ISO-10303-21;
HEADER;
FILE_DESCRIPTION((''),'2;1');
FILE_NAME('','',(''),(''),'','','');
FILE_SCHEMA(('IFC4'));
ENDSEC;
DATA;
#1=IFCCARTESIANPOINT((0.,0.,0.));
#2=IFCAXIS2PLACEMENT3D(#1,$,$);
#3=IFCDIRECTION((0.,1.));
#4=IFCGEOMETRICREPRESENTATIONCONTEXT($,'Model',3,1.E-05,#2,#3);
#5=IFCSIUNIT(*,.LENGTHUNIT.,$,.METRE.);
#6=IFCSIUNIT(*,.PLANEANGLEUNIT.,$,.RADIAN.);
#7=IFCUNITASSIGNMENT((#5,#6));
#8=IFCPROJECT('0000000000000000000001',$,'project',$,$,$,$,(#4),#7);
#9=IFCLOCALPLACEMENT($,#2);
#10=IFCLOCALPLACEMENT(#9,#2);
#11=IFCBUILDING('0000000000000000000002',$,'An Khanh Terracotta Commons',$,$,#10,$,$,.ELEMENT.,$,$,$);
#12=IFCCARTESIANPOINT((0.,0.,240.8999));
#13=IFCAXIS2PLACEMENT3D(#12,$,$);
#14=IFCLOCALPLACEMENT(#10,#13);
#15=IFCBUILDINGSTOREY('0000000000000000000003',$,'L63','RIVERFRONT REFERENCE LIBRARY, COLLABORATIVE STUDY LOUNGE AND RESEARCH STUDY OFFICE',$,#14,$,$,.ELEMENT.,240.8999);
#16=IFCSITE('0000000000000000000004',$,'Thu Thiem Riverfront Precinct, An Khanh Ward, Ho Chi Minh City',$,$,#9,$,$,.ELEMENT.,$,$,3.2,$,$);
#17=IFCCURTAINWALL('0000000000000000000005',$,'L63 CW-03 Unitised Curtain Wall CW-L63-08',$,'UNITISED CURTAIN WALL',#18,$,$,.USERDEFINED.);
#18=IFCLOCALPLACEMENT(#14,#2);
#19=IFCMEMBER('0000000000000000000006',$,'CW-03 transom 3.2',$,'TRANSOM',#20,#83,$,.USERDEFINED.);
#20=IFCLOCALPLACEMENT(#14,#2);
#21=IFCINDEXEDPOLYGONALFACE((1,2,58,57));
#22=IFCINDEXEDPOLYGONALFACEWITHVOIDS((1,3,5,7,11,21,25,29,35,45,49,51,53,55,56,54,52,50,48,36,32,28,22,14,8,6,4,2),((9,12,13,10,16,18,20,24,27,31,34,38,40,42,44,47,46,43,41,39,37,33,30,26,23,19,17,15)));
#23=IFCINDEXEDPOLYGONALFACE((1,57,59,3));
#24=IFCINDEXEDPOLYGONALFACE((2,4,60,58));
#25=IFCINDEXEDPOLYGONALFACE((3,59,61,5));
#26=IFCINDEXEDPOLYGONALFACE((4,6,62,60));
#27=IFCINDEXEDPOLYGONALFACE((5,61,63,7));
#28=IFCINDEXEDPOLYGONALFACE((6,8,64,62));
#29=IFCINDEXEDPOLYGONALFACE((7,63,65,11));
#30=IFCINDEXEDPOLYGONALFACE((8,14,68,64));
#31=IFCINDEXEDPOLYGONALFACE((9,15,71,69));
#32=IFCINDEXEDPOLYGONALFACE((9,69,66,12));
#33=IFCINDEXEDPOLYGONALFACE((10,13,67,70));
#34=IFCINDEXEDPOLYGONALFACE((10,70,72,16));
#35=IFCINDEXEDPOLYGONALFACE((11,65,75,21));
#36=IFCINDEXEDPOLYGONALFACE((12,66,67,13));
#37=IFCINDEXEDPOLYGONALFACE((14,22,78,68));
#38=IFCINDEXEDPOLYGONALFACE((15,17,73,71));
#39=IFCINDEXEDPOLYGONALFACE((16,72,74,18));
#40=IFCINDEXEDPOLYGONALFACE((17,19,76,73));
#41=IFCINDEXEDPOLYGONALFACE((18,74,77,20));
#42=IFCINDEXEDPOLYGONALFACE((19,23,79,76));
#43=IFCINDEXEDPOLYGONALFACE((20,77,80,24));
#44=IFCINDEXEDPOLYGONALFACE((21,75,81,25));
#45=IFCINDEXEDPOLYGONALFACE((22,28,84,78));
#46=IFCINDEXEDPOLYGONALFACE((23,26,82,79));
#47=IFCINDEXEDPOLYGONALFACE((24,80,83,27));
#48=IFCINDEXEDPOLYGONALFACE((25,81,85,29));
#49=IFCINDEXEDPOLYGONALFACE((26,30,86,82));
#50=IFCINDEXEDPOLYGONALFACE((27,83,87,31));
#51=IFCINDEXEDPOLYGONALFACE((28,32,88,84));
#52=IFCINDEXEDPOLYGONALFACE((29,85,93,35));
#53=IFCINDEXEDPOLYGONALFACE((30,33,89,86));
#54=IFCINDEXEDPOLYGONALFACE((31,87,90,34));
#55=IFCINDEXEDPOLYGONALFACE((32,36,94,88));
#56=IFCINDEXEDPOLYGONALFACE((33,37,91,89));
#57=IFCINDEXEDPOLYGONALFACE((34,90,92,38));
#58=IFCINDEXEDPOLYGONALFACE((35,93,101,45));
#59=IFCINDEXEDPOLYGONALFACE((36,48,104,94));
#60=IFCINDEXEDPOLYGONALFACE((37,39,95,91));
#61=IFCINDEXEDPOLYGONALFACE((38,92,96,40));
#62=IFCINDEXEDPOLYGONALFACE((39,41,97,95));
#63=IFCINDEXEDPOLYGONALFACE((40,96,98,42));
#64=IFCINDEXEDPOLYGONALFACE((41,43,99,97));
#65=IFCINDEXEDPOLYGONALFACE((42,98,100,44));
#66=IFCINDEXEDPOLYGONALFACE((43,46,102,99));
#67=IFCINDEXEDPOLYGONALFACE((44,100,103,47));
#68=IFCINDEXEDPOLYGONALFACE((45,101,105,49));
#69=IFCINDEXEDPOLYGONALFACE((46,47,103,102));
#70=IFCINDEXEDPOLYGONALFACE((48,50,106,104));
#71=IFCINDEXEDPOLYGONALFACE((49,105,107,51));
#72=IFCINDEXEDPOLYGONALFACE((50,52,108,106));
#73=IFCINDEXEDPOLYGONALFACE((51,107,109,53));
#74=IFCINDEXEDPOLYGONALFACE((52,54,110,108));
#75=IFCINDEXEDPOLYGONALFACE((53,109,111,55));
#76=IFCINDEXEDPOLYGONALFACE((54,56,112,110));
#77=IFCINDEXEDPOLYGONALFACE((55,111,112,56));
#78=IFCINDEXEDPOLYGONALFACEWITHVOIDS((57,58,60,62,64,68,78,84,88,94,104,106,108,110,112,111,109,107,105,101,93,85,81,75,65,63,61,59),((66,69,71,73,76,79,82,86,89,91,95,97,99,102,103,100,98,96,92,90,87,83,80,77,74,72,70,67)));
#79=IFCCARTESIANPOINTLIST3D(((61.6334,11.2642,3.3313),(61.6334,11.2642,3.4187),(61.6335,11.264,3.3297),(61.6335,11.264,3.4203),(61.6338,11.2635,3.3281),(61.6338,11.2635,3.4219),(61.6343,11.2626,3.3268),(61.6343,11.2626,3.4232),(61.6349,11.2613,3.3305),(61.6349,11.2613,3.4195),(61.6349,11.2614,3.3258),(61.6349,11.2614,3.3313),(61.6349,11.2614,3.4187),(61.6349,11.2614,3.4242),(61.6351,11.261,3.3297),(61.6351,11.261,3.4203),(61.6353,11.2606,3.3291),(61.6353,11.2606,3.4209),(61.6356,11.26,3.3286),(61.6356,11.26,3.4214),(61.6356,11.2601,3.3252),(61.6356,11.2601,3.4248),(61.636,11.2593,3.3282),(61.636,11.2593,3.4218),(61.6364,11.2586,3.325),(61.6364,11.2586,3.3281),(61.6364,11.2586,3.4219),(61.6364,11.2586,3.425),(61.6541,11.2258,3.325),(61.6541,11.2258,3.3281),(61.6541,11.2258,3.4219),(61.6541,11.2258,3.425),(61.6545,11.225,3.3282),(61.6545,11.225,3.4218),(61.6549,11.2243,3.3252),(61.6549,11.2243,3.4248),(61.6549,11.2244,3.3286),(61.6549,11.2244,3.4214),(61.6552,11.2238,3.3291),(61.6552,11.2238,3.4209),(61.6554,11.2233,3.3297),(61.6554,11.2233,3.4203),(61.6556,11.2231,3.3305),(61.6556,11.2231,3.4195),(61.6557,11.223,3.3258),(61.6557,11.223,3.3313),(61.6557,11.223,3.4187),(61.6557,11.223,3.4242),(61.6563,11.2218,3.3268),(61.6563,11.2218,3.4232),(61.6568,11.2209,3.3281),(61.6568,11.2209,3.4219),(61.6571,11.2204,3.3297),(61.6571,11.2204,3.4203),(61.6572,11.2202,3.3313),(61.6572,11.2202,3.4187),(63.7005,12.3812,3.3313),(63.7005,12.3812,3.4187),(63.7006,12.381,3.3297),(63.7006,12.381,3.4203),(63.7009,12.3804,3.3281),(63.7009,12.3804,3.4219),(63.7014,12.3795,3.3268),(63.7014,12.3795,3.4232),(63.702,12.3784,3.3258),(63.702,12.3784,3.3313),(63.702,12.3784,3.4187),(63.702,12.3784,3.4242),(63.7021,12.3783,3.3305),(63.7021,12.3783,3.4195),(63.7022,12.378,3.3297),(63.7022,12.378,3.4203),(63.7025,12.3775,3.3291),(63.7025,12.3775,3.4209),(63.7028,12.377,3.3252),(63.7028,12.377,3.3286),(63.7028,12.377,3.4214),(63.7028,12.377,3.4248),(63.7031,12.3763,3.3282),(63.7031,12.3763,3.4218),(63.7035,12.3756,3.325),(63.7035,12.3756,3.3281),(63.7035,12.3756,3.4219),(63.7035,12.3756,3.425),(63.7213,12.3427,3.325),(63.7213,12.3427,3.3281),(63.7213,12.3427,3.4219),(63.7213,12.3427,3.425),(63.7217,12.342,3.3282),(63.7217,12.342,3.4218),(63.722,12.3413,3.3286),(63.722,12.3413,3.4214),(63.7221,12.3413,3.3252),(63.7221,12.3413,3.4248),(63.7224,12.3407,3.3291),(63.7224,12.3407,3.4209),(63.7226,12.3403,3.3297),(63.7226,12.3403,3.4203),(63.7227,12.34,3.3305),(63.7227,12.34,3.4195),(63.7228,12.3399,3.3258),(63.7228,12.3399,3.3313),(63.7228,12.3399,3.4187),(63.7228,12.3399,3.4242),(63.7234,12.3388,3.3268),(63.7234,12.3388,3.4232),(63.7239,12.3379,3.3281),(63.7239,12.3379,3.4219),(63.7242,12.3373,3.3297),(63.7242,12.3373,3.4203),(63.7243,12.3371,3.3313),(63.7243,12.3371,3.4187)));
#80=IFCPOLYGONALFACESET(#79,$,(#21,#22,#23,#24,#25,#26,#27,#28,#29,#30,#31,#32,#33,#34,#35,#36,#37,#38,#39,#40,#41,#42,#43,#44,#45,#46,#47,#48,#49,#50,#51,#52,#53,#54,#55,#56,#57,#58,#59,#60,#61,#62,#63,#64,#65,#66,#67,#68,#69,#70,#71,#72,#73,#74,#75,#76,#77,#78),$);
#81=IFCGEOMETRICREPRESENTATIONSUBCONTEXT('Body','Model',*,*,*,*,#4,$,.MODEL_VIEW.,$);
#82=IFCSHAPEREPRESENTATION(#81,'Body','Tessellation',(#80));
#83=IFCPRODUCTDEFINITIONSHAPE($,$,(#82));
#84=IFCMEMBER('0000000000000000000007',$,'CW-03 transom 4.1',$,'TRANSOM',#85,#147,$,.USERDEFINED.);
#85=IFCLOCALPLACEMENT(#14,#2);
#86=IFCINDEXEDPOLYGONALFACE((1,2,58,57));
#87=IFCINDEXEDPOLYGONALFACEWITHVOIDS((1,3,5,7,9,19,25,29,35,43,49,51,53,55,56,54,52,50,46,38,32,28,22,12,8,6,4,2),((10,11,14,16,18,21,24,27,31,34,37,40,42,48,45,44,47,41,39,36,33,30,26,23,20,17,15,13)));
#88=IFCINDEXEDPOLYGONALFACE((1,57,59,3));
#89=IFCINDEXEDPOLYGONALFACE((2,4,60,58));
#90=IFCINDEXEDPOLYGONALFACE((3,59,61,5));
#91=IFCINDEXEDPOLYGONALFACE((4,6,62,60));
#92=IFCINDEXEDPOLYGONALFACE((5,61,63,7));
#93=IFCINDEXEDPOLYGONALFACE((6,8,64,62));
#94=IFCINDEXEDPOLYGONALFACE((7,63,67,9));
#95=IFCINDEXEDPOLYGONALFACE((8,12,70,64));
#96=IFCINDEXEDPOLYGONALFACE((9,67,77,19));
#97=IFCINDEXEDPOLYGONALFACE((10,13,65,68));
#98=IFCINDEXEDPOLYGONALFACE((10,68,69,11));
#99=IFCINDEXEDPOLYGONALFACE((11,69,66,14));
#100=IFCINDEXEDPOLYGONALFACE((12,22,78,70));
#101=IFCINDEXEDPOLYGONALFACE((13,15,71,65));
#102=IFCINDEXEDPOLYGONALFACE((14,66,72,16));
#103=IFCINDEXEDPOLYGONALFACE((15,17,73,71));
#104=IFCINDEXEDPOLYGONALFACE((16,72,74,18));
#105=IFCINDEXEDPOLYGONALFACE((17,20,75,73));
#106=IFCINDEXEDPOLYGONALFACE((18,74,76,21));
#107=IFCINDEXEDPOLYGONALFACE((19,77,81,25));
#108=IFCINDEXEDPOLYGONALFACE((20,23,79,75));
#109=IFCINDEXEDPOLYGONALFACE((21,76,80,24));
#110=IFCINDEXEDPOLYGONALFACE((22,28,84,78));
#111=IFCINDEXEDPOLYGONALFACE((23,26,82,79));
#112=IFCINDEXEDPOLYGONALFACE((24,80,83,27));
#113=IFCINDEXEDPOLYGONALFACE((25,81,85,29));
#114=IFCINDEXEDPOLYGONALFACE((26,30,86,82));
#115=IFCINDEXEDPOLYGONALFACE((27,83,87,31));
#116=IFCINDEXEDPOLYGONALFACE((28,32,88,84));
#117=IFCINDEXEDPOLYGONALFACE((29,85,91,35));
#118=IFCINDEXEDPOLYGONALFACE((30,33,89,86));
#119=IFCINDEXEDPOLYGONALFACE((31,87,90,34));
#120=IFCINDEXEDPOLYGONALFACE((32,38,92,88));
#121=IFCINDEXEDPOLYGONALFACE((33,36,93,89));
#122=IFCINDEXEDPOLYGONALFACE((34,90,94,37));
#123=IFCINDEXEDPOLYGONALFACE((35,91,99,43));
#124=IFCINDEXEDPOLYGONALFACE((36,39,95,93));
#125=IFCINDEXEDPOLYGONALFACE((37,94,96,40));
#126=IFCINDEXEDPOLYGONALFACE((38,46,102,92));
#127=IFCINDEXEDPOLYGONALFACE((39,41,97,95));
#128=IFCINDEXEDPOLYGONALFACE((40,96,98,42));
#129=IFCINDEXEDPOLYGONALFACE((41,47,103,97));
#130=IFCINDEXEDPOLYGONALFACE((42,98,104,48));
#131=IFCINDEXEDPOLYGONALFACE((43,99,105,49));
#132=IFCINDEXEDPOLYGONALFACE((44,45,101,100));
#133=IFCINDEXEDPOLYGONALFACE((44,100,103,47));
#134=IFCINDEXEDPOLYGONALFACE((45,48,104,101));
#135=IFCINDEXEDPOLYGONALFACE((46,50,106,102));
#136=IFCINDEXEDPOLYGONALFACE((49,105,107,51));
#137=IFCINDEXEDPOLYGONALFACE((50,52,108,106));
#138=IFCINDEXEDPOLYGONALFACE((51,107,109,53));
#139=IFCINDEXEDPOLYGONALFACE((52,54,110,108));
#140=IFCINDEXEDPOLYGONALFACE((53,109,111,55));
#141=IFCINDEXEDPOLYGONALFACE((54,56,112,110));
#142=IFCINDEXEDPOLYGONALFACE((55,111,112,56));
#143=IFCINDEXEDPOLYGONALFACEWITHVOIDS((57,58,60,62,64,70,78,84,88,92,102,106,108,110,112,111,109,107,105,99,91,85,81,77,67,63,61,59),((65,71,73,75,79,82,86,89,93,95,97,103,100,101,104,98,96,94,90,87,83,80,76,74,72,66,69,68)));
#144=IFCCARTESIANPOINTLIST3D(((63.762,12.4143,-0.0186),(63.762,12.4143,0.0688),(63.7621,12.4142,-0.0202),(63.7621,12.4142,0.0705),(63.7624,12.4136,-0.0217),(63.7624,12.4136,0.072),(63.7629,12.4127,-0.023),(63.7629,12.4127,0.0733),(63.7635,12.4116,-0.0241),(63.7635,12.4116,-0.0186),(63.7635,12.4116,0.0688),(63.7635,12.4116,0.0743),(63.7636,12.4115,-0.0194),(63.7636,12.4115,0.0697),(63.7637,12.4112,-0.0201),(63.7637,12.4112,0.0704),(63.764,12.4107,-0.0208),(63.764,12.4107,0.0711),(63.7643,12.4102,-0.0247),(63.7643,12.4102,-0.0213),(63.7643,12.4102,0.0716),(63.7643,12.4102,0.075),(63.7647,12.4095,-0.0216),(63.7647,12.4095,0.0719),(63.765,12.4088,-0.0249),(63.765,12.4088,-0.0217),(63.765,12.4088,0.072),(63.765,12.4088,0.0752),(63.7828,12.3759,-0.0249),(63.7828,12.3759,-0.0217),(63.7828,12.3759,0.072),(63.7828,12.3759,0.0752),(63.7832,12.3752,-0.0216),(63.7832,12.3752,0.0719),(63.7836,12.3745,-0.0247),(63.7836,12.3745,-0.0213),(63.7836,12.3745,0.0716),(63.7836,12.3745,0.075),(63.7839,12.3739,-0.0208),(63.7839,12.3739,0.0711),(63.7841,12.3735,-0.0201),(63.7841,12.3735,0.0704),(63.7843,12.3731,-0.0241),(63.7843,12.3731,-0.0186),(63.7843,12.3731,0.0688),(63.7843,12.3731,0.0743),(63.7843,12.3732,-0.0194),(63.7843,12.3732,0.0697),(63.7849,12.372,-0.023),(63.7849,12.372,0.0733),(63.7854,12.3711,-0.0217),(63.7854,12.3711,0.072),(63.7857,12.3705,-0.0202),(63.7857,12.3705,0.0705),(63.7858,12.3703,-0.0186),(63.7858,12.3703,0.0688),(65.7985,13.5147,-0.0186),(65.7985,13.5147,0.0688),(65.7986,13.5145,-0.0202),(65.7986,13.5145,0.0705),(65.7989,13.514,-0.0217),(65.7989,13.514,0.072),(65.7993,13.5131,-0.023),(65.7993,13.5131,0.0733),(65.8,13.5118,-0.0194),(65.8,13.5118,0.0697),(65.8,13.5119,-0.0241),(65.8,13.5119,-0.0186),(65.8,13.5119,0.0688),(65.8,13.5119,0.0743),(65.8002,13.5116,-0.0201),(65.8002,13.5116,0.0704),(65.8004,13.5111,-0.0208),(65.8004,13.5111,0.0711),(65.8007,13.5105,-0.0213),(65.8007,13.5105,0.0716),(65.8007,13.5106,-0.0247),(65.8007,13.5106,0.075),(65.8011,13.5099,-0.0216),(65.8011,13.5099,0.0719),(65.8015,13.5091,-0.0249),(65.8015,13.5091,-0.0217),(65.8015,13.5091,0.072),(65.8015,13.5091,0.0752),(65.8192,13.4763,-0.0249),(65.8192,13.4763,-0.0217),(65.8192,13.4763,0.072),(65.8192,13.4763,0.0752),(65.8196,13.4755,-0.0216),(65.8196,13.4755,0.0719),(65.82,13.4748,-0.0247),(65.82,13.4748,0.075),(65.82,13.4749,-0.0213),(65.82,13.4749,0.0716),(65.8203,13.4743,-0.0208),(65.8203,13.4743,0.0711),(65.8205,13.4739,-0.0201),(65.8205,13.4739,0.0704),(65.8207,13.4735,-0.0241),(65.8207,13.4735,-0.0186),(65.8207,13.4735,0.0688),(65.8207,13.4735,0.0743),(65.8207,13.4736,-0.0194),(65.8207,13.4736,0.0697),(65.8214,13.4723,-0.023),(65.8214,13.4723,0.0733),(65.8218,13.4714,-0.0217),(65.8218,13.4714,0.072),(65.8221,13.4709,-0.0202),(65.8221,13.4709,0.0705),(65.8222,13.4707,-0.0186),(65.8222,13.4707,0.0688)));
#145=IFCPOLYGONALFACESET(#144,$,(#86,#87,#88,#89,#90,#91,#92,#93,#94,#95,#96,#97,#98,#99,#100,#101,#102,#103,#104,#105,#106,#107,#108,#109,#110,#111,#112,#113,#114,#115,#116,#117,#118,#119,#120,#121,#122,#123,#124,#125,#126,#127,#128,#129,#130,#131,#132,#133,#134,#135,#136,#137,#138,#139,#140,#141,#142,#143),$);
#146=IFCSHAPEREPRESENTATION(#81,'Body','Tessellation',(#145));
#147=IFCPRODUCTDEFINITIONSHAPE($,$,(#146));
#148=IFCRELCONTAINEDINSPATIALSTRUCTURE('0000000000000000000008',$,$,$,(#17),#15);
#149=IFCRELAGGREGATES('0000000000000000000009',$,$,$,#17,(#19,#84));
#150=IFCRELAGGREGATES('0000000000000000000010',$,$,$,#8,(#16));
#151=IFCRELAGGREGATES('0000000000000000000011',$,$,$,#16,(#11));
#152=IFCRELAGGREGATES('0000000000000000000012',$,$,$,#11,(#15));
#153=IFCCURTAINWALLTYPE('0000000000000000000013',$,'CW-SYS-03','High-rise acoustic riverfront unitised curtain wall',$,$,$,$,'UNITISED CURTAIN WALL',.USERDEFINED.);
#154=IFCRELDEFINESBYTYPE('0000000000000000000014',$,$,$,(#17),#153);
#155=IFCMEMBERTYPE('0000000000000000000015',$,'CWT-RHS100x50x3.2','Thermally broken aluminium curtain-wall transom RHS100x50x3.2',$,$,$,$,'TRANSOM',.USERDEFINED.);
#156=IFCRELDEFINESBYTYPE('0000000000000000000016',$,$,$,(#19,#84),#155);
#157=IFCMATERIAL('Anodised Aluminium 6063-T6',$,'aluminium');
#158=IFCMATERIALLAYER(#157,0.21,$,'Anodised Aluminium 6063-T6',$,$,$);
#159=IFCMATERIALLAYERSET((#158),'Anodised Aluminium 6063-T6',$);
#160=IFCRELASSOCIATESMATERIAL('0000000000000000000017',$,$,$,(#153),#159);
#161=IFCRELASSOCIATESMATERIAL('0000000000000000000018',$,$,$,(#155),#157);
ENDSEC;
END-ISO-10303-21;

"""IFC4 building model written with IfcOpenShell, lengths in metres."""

from ifc_helpers import new_model, si_unit, direction, frame, origin, origin_2d, place, context, subcontext, project, spatial, hollow_rectangle, extrude, material, layer, layer_set, material_profile, profile_set, type_object, element, aggregate, save


model = new_model("IFC4")

# Units and contexts
model_context = context("Model", 3, precision=1e-05, world=origin(), true_north=direction((0.0, 1.0)))
body_context = subcontext(model_context, "Body", "Model", "MODEL_VIEW")
ifc_project = project(units=[si_unit("LENGTHUNIT", "METRE"), si_unit("PLANEANGLEUNIT", "RADIAN")], contexts=[model_context])

# Site, building, storey
site_placement = place(None, origin())
site = spatial("IfcSite", under=ifc_project, at=site_placement, Name="Thu Thiem Riverfront Precinct, An Khanh Ward, Ho Chi Minh City", CompositionType="ELEMENT", RefElevation=3.2)
building_placement = place(site_placement, origin())
building = spatial("IfcBuilding", under=site, at=building_placement, Name="An Khanh Terracotta Commons", CompositionType="ELEMENT")
storey_placement = place(building_placement, frame((0.0, 0.0, 240.8999)))
storey = spatial("IfcBuildingStorey", under=building, at=storey_placement, Name="L63", Description="RIVERFRONT REFERENCE LIBRARY, COLLABORATIVE STUDY LOUNGE AND RESEARCH STUDY OFFICE", CompositionType="ELEMENT", Elevation=240.8999)

# Shared definitions
ifc_material_1 = material(Name="Anodised Aluminium 6063-T6", Category="aluminium")

# Curtain wall, members
ifc_layer_1 = layer(ifc_material_1, 0.21, Name="Anodised Aluminium 6063-T6")
ifc_layer_set_1 = layer_set([ifc_layer_1], Name="Anodised Aluminium 6063-T6")
curtain_wall_type_1 = type_object("IfcCurtainWallType", Name="CW-SYS-03", Description="High-rise acoustic riverfront unitised curtain wall", ElementType="UNITISED CURTAIN WALL", PredefinedType="USERDEFINED", material=ifc_layer_set_1)
curtain_wall_1_placement = place(storey_placement, origin())
curtain_wall_1 = element("IfcCurtainWall", 1, at=curtain_wall_1_placement, inside=storey, type_object=curtain_wall_type_1, Name="L63 CW-03 Unitised Curtain Wall CW-L63-08", ObjectType="UNITISED CURTAIN WALL", PredefinedType="USERDEFINED")
ifc_material_profile_1 = material_profile(ifc_material_1, hollow_rectangle(XDim=0.05, YDim=0.1001, WallThickness=0.0032, InnerFilletRadius=0.0032, OuterFilletRadius=0.0063, at=origin_2d()), Name="RHS100x50x3.2")
ifc_profile_set_1 = profile_set([ifc_material_profile_1], Name="Anodised Aluminium 6063-T6")
member_type_1 = type_object("IfcMemberType", Name="CWT-RHS100x50x3.2", Description="Thermally broken aluminium curtain-wall transom RHS100x50x3.2", ElementType="TRANSOM", PredefinedType="USERDEFINED", material=ifc_profile_set_1)
member_1_placement = place(storey_placement, frame((61.6453, 11.2422, 3.375), z_axis=(0.879783, 0.475376, 0.0), x_axis=(-0.475376, 0.879783, 0.0)))
member_1 = element("IfcMember", 2, at=member_1_placement, type_object=member_type_1, Name="CW-03 transom 3.2", ObjectType="TRANSOM", PredefinedType="USERDEFINED", context=body_context, shape_type="SweptSolid", body=[
    extrude(hollow_rectangle(XDim=0.05, YDim=0.1001, WallThickness=0.0032, InnerFilletRadius=0.0032, OuterFilletRadius=0.0063, at=origin_2d()), origin(), (0.0, 0.0, 1.0), 2.3496),
])
member_2_placement = place(storey_placement, frame((63.7739, 12.3923, 0.0251), z_axis=(0.879779, 0.475382, 0.0), x_axis=(-0.475382, 0.879779, 0.0)))
member_2 = element("IfcMember", 3, at=member_2_placement, type_object=member_type_1, Name="CW-03 transom 4.1", ObjectType="TRANSOM", PredefinedType="USERDEFINED", context=body_context, shape_type="SweptSolid", body=[
    extrude(hollow_rectangle(XDim=0.05, YDim=0.1001, WallThickness=0.0032, InnerFilletRadius=0.0032, OuterFilletRadius=0.0063, at=origin_2d()), origin(), (0.0, 0.0, 1.0), 2.3147),
])

aggregate(curtain_wall_1, [member_1, member_2])

save(model, "model.ifc")
